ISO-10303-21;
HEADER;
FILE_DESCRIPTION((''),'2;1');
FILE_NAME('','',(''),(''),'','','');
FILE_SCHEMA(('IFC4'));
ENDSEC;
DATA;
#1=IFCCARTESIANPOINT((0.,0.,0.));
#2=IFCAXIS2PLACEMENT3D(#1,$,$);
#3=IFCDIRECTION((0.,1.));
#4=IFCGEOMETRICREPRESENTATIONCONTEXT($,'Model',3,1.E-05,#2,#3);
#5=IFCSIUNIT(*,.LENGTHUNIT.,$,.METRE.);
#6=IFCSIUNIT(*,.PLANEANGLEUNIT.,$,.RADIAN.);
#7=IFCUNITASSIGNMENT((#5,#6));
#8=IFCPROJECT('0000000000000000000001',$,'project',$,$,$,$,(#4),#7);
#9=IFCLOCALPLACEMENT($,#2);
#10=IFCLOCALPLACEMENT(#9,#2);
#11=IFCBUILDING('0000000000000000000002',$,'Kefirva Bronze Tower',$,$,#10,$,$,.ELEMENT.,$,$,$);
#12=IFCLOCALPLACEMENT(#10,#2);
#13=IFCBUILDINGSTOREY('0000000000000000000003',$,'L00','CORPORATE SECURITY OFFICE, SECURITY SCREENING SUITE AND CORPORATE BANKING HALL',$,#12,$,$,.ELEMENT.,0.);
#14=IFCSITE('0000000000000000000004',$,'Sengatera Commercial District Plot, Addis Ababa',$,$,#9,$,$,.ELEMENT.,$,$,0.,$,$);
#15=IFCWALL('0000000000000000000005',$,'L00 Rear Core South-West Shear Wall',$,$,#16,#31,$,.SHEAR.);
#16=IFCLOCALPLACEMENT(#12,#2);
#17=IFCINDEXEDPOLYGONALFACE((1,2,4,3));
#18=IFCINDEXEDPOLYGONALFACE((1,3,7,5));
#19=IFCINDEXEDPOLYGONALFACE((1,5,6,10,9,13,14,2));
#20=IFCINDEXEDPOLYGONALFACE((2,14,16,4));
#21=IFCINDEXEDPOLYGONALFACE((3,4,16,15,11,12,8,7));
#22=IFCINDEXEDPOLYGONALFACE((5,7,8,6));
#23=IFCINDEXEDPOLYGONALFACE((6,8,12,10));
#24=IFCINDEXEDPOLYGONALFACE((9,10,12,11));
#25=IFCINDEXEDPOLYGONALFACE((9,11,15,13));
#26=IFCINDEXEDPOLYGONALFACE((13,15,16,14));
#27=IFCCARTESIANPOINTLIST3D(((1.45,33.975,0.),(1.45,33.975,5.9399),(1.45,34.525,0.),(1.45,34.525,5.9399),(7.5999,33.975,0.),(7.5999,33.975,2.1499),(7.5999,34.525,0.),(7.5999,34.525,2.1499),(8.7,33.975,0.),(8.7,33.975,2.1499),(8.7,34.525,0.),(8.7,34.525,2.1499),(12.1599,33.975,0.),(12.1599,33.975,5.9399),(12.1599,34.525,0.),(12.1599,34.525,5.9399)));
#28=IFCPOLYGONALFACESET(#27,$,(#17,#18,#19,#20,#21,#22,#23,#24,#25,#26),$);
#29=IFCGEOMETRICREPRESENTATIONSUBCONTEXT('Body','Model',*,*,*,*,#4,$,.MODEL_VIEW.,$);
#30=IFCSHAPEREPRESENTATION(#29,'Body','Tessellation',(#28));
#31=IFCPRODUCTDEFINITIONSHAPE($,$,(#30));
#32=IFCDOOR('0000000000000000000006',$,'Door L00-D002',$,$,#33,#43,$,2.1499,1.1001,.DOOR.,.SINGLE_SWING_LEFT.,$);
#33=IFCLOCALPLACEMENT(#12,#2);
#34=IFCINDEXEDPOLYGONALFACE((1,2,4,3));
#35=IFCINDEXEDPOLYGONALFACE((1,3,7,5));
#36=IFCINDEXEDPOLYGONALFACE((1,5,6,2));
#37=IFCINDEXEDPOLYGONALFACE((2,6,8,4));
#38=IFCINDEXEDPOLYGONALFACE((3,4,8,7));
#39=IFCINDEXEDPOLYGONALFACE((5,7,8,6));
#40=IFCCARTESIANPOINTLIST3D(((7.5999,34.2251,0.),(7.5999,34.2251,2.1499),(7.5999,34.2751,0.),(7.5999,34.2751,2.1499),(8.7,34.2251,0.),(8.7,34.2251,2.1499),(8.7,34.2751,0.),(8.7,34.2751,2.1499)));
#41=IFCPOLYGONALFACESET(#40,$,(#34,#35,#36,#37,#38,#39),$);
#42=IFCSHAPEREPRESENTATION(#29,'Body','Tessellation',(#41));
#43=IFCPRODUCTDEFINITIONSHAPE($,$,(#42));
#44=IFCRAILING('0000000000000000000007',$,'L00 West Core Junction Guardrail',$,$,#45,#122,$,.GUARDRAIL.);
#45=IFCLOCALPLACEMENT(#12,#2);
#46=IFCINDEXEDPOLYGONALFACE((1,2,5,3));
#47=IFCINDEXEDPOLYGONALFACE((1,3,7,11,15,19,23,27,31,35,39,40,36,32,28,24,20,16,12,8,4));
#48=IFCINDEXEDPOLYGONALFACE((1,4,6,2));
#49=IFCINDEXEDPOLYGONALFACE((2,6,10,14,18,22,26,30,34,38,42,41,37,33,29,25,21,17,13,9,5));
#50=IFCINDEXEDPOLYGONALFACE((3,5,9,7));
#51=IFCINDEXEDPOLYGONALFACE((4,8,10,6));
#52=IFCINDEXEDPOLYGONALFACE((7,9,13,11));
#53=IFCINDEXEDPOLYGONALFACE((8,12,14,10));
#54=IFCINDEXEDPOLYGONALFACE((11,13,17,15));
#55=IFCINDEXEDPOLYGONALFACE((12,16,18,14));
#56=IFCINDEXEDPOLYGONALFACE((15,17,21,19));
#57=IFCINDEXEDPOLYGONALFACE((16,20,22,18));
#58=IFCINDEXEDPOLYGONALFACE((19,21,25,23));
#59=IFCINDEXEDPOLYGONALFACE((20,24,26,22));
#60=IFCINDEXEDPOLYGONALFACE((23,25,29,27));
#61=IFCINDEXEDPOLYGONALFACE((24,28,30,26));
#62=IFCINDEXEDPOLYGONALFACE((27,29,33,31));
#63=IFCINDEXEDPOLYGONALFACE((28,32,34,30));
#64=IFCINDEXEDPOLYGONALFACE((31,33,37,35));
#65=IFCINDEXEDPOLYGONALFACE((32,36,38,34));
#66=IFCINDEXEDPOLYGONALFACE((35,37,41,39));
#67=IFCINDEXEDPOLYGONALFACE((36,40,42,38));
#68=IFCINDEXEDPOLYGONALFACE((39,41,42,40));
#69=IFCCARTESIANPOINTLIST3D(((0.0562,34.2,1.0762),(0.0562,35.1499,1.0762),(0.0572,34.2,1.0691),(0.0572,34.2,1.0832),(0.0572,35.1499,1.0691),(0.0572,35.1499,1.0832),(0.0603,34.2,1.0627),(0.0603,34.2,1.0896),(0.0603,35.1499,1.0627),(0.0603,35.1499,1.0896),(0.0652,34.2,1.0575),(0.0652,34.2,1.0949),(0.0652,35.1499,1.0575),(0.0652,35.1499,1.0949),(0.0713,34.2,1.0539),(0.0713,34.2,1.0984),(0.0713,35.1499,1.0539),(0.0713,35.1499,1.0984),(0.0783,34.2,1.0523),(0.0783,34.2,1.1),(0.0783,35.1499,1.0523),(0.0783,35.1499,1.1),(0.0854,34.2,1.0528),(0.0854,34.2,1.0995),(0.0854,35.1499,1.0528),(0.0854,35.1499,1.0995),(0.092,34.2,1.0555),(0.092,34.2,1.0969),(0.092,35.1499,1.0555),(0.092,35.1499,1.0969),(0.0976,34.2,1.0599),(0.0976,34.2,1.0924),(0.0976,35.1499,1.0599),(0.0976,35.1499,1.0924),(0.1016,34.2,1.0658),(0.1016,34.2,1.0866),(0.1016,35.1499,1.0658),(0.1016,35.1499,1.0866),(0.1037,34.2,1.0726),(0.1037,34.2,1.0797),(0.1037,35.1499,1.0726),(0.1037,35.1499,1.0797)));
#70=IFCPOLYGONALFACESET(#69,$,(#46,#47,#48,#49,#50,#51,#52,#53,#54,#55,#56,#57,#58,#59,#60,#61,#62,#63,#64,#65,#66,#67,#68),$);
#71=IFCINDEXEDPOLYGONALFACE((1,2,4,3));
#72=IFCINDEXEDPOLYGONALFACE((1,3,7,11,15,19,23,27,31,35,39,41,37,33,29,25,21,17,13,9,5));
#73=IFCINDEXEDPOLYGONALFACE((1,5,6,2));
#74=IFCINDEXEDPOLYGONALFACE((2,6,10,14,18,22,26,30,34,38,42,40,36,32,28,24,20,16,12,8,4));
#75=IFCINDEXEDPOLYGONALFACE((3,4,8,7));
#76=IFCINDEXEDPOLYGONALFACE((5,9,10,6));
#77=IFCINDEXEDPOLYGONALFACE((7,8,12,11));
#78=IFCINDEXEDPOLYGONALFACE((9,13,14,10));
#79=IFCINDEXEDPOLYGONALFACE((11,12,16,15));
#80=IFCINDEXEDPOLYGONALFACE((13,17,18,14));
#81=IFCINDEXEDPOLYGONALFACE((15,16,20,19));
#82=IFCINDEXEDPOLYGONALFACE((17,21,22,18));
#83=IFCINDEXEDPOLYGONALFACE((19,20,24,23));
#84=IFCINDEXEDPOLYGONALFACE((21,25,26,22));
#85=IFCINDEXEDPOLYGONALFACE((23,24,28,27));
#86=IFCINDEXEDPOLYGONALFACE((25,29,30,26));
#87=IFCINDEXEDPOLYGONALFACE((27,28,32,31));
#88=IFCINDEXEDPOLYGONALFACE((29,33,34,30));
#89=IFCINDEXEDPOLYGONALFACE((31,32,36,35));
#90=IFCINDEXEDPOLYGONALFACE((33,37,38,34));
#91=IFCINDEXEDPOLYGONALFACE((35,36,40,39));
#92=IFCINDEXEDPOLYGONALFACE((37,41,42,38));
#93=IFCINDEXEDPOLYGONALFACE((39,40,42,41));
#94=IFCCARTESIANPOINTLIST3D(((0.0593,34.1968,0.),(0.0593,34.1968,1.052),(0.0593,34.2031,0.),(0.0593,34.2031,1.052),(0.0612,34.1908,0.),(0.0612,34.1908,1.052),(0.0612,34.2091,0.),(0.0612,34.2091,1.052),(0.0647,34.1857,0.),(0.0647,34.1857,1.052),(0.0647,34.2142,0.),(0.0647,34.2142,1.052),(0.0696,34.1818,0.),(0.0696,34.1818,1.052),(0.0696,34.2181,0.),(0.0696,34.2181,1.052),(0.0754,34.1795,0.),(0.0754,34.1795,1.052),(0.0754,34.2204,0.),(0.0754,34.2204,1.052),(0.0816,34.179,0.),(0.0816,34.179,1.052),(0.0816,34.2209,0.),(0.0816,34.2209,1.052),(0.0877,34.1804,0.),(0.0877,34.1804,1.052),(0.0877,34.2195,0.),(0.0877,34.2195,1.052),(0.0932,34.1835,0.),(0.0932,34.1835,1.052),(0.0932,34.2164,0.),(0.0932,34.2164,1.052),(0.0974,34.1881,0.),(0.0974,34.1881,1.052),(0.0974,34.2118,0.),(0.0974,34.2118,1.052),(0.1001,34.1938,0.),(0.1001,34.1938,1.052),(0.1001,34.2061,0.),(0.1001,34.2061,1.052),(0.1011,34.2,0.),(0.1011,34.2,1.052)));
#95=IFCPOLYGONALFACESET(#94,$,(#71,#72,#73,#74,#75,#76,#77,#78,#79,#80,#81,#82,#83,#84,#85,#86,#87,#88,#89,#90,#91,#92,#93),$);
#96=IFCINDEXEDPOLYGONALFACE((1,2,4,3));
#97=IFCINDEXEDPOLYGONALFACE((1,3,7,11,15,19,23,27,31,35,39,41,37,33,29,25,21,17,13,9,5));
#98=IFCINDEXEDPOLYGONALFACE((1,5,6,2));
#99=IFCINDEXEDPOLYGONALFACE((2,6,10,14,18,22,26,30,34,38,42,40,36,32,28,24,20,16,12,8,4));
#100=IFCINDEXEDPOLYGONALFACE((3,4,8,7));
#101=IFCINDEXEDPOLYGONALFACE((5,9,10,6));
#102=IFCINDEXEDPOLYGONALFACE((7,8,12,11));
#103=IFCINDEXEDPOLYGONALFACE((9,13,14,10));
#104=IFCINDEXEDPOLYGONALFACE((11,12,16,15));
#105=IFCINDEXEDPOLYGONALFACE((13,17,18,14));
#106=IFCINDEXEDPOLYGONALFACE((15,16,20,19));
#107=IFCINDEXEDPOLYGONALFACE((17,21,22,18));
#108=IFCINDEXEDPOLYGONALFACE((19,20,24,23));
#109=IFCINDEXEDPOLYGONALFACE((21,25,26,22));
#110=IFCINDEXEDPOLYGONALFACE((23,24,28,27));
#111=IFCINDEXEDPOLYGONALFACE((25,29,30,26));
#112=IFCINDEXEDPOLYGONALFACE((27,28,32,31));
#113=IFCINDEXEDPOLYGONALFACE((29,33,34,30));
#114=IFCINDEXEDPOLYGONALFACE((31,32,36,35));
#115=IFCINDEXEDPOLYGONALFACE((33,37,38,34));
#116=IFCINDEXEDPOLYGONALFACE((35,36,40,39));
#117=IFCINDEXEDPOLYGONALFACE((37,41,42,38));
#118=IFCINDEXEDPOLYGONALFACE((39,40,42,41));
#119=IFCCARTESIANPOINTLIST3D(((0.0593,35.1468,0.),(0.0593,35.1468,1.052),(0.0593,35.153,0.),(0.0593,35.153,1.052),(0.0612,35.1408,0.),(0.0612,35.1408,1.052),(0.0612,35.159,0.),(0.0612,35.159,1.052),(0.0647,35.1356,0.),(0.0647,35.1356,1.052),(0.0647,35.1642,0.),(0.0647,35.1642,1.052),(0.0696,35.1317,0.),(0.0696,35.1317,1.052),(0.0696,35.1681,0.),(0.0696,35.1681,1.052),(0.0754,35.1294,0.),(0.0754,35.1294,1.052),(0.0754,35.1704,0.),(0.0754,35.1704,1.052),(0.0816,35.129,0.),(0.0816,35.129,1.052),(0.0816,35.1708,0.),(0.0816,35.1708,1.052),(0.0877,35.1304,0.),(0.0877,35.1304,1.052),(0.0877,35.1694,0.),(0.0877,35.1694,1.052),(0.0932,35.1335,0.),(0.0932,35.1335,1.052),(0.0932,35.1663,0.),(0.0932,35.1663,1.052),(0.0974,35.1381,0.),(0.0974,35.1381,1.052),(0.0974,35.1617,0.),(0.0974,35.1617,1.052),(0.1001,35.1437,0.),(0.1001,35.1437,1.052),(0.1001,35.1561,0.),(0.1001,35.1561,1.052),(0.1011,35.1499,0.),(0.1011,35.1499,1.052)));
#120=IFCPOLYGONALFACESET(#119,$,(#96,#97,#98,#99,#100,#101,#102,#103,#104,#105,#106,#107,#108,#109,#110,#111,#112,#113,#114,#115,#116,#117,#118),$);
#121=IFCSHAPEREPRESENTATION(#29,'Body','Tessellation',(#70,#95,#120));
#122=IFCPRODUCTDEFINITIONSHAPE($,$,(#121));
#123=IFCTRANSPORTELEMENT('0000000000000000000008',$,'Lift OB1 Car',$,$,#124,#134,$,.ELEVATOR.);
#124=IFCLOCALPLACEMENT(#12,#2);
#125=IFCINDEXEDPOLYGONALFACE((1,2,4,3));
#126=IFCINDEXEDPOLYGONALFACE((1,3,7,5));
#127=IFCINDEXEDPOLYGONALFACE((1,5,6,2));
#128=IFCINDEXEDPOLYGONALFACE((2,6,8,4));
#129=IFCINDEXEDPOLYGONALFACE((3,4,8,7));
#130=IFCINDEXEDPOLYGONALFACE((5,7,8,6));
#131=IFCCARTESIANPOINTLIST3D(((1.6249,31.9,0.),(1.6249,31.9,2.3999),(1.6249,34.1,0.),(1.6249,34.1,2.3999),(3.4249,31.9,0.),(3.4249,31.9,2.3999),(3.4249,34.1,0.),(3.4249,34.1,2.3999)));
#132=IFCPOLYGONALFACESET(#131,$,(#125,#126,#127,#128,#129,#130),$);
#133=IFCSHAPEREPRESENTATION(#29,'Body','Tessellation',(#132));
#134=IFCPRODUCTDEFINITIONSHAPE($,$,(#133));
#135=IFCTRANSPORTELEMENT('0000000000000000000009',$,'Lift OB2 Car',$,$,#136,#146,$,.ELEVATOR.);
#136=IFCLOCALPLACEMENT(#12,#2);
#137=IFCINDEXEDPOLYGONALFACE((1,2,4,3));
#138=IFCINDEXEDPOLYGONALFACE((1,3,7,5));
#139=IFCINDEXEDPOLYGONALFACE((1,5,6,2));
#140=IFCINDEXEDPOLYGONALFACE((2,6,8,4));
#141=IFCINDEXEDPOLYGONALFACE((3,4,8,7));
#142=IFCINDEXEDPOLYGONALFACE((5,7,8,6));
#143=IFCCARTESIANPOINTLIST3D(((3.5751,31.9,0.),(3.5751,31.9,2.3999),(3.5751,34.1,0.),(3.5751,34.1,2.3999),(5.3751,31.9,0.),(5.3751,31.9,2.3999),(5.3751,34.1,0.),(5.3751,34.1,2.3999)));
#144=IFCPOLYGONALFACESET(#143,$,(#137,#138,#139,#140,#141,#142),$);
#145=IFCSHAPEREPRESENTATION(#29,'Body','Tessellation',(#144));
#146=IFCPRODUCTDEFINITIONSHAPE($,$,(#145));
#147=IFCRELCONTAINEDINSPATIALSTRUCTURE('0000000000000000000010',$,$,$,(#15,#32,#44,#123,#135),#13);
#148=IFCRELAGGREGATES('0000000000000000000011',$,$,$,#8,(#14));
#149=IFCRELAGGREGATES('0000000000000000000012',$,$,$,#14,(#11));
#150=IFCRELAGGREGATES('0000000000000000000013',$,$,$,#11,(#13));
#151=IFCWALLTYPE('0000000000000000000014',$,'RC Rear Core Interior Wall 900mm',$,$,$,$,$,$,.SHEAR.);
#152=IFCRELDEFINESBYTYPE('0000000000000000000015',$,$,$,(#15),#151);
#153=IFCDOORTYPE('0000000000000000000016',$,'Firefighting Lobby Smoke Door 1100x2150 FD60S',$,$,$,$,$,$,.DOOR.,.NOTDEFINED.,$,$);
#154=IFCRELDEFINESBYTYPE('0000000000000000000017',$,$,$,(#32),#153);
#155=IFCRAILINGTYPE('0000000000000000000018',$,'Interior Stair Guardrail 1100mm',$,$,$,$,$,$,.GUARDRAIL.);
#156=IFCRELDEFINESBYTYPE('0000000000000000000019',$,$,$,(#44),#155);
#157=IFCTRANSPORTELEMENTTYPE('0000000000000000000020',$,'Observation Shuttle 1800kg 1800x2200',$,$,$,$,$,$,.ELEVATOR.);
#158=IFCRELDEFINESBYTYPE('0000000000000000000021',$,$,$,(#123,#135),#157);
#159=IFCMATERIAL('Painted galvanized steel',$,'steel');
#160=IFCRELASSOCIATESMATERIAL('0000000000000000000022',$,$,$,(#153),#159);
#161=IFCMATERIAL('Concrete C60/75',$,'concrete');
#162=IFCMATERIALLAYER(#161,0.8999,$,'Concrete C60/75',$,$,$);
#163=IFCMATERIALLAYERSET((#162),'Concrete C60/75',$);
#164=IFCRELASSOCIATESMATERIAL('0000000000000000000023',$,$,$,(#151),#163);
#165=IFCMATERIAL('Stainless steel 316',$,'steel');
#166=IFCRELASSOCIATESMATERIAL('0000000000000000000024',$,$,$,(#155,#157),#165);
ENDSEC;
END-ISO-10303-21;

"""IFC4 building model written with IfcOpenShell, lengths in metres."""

from ifc_helpers import new_model, si_unit, direction, frame, frame_2d, origin, origin_2d, place, context, subcontext, project, spatial, rectangle, circle, extrude, material, layer, layer_set, type_object, element, fill, save


model = new_model("IFC4")

# Units and contexts
model_context = context("Model", 3, precision=1e-05, world=origin(), true_north=direction((0.0, 1.0)))
body_context = subcontext(model_context, "Body", "Model", "MODEL_VIEW")
ifc_project = project(units=[si_unit("LENGTHUNIT", "METRE"), si_unit("PLANEANGLEUNIT", "RADIAN")], contexts=[model_context])

# Site, building, storey
site_placement = place(None, origin())
site = spatial("IfcSite", under=ifc_project, at=site_placement, Name="Sengatera Commercial District Plot, Addis Ababa", CompositionType="ELEMENT", RefElevation=0.0)
building_placement = place(site_placement, origin())
building = spatial("IfcBuilding", under=site, at=building_placement, Name="Kefirva Bronze Tower", CompositionType="ELEMENT")
storey_placement = place(building_placement, origin())
storey = spatial("IfcBuildingStorey", under=building, at=storey_placement, Name="L00", Description="CORPORATE SECURITY OFFICE, SECURITY SCREENING SUITE AND CORPORATE BANKING HALL", CompositionType="ELEMENT", Elevation=0.0)

# Shared definitions
ifc_material_1 = material(Name="Concrete C60/75", Category="concrete")

# Shared definitions
ifc_material_2 = material(Name="Stainless steel 316", Category="steel")

# Shared definitions
ifc_material_3 = material(Name="Painted galvanized steel", Category="steel")
door_type_1 = type_object("IfcDoorType", Name="Firefighting Lobby Smoke Door 1100x2150 FD60S", OperationType="NOTDEFINED", PredefinedType="DOOR", material=ifc_material_3)

# Shared definitions
ifc_layer_1 = layer(ifc_material_1, 0.8999, Name="Concrete C60/75")
ifc_layer_set_1 = layer_set([ifc_layer_1], Name="Concrete C60/75")
wall_type_1 = type_object("IfcWallType", Name="RC Rear Core Interior Wall 900mm", PredefinedType="SHEAR", material=ifc_layer_set_1)

# Wall, opening, door
wall_1_placement = place(storey_placement, frame((1.45, 34.25, 0.0), z_axis=(0.0, 0.0, 1.0), x_axis=(1.0, 0.0, 0.0)))
wall_1 = element("IfcWall", 1, at=wall_1_placement, inside=storey, type_object=wall_type_1, Name="L00 Rear Core South-West Shear Wall", PredefinedType="SHEAR", context=body_context, shape_type="SweptSolid", body=[
    extrude(rectangle(XDim=10.71, YDim=0.55, at=frame_2d((5.355, 0.0))), origin(), (0.0, 0.0, 1.0), 5.9399),
])
opening_1_placement = place(wall_1_placement, frame((7.25, 0.0, 0.0), z_axis=(0.0, 0.0, 1.0), x_axis=(-1.0, 0.0, 0.0)))
opening_1 = element("IfcOpeningElement", 2, at=opening_1_placement, cuts=wall_1, PredefinedType="OPENING", context=body_context, shape_type="SweptSolid", body=[
    extrude(rectangle(XDim=1.1001, YDim=2.1499, at=frame_2d((0.55, 1.075))), frame((0.0, 0.2852, 0.0), z_axis=(0.0, -1.0, 0.0), x_axis=(1.0, 0.0, 0.0)), (0.0, 0.0, 1.0), 0.5701),
])
door_1_placement = place(opening_1_placement, origin())
door_1 = element("IfcDoor", 3, at=door_1_placement, inside=storey, type_object=door_type_1, Name="Door L00-D002", OperationType="SINGLE_SWING_LEFT", OverallHeight=2.1499, OverallWidth=1.1001, PredefinedType="DOOR", context=body_context, shape_type="SweptSolid", body=[
    extrude(rectangle(XDim=1.1001, YDim=2.1499, at=frame_2d((0.55, 1.075))), frame((0.0, 0.0249, 0.0), z_axis=(0.0, -1.0, 0.0), x_axis=(1.0, 0.0, 0.0)), (0.0, 0.0, 1.0), 0.05),
])
fill(opening_1, door_1)

# Railing
railing_type = type_object("IfcRailingType", Name="Interior Stair Guardrail 1100mm", PredefinedType="GUARDRAIL", material=ifc_material_2)
railing_placement = place(storey_placement, frame((0.0801, 34.2, 0.0)))
element("IfcRailing", 4, at=railing_placement, inside=storey, type_object=railing_type, Name="L00 West Core Junction Guardrail", PredefinedType="GUARDRAIL", context=body_context, shape_type="SweptSolid", body=[
    extrude(circle(Radius=0.0239, at=origin_2d()), frame((0.0, 0.0, 1.0762), z_axis=(0.0, 1.0, 0.0), x_axis=(-1.0, 0.0, 0.0)), (0.0, 0.0, 1.0), 0.95),
    extrude(circle(Radius=0.021, at=origin_2d()), origin(), (0.0, 0.0, 1.0), 1.052),
    extrude(circle(Radius=0.021, at=origin_2d()), frame((0.0, 0.95, 0.0)), (0.0, 0.0, 1.0), 1.052),
])

# Transport elements
transport_element_type = type_object("IfcTransportElementType", Name="Observation Shuttle 1800kg 1800x2200", PredefinedType="ELEVATOR", material=ifc_material_2)
for number, where, z_axis, x_axis, name in (
    (5, (2.5249, 33.0, 0.0), (0.0, 0.0, 1.0), (1.0, 0.0, 0.0), "Lift OB1 Car"),
    (6, (4.4751, 33.0, 0.0), (0.0, 0.0, 1.0), (1.0, 0.0, 0.0), "Lift OB2 Car"),
):
    element("IfcTransportElement", number, at=place(storey_placement, frame(where, z_axis=z_axis, x_axis=x_axis)), inside=storey, type_object=transport_element_type, Name=name, PredefinedType="ELEVATOR", context=body_context, shape_type="SweptSolid", body=[
        extrude(rectangle(XDim=1.8, YDim=2.2, at=origin_2d()), origin(), (0.0, 0.0, 1.0), 2.3999),
    ])

save(model, "model.ifc")
